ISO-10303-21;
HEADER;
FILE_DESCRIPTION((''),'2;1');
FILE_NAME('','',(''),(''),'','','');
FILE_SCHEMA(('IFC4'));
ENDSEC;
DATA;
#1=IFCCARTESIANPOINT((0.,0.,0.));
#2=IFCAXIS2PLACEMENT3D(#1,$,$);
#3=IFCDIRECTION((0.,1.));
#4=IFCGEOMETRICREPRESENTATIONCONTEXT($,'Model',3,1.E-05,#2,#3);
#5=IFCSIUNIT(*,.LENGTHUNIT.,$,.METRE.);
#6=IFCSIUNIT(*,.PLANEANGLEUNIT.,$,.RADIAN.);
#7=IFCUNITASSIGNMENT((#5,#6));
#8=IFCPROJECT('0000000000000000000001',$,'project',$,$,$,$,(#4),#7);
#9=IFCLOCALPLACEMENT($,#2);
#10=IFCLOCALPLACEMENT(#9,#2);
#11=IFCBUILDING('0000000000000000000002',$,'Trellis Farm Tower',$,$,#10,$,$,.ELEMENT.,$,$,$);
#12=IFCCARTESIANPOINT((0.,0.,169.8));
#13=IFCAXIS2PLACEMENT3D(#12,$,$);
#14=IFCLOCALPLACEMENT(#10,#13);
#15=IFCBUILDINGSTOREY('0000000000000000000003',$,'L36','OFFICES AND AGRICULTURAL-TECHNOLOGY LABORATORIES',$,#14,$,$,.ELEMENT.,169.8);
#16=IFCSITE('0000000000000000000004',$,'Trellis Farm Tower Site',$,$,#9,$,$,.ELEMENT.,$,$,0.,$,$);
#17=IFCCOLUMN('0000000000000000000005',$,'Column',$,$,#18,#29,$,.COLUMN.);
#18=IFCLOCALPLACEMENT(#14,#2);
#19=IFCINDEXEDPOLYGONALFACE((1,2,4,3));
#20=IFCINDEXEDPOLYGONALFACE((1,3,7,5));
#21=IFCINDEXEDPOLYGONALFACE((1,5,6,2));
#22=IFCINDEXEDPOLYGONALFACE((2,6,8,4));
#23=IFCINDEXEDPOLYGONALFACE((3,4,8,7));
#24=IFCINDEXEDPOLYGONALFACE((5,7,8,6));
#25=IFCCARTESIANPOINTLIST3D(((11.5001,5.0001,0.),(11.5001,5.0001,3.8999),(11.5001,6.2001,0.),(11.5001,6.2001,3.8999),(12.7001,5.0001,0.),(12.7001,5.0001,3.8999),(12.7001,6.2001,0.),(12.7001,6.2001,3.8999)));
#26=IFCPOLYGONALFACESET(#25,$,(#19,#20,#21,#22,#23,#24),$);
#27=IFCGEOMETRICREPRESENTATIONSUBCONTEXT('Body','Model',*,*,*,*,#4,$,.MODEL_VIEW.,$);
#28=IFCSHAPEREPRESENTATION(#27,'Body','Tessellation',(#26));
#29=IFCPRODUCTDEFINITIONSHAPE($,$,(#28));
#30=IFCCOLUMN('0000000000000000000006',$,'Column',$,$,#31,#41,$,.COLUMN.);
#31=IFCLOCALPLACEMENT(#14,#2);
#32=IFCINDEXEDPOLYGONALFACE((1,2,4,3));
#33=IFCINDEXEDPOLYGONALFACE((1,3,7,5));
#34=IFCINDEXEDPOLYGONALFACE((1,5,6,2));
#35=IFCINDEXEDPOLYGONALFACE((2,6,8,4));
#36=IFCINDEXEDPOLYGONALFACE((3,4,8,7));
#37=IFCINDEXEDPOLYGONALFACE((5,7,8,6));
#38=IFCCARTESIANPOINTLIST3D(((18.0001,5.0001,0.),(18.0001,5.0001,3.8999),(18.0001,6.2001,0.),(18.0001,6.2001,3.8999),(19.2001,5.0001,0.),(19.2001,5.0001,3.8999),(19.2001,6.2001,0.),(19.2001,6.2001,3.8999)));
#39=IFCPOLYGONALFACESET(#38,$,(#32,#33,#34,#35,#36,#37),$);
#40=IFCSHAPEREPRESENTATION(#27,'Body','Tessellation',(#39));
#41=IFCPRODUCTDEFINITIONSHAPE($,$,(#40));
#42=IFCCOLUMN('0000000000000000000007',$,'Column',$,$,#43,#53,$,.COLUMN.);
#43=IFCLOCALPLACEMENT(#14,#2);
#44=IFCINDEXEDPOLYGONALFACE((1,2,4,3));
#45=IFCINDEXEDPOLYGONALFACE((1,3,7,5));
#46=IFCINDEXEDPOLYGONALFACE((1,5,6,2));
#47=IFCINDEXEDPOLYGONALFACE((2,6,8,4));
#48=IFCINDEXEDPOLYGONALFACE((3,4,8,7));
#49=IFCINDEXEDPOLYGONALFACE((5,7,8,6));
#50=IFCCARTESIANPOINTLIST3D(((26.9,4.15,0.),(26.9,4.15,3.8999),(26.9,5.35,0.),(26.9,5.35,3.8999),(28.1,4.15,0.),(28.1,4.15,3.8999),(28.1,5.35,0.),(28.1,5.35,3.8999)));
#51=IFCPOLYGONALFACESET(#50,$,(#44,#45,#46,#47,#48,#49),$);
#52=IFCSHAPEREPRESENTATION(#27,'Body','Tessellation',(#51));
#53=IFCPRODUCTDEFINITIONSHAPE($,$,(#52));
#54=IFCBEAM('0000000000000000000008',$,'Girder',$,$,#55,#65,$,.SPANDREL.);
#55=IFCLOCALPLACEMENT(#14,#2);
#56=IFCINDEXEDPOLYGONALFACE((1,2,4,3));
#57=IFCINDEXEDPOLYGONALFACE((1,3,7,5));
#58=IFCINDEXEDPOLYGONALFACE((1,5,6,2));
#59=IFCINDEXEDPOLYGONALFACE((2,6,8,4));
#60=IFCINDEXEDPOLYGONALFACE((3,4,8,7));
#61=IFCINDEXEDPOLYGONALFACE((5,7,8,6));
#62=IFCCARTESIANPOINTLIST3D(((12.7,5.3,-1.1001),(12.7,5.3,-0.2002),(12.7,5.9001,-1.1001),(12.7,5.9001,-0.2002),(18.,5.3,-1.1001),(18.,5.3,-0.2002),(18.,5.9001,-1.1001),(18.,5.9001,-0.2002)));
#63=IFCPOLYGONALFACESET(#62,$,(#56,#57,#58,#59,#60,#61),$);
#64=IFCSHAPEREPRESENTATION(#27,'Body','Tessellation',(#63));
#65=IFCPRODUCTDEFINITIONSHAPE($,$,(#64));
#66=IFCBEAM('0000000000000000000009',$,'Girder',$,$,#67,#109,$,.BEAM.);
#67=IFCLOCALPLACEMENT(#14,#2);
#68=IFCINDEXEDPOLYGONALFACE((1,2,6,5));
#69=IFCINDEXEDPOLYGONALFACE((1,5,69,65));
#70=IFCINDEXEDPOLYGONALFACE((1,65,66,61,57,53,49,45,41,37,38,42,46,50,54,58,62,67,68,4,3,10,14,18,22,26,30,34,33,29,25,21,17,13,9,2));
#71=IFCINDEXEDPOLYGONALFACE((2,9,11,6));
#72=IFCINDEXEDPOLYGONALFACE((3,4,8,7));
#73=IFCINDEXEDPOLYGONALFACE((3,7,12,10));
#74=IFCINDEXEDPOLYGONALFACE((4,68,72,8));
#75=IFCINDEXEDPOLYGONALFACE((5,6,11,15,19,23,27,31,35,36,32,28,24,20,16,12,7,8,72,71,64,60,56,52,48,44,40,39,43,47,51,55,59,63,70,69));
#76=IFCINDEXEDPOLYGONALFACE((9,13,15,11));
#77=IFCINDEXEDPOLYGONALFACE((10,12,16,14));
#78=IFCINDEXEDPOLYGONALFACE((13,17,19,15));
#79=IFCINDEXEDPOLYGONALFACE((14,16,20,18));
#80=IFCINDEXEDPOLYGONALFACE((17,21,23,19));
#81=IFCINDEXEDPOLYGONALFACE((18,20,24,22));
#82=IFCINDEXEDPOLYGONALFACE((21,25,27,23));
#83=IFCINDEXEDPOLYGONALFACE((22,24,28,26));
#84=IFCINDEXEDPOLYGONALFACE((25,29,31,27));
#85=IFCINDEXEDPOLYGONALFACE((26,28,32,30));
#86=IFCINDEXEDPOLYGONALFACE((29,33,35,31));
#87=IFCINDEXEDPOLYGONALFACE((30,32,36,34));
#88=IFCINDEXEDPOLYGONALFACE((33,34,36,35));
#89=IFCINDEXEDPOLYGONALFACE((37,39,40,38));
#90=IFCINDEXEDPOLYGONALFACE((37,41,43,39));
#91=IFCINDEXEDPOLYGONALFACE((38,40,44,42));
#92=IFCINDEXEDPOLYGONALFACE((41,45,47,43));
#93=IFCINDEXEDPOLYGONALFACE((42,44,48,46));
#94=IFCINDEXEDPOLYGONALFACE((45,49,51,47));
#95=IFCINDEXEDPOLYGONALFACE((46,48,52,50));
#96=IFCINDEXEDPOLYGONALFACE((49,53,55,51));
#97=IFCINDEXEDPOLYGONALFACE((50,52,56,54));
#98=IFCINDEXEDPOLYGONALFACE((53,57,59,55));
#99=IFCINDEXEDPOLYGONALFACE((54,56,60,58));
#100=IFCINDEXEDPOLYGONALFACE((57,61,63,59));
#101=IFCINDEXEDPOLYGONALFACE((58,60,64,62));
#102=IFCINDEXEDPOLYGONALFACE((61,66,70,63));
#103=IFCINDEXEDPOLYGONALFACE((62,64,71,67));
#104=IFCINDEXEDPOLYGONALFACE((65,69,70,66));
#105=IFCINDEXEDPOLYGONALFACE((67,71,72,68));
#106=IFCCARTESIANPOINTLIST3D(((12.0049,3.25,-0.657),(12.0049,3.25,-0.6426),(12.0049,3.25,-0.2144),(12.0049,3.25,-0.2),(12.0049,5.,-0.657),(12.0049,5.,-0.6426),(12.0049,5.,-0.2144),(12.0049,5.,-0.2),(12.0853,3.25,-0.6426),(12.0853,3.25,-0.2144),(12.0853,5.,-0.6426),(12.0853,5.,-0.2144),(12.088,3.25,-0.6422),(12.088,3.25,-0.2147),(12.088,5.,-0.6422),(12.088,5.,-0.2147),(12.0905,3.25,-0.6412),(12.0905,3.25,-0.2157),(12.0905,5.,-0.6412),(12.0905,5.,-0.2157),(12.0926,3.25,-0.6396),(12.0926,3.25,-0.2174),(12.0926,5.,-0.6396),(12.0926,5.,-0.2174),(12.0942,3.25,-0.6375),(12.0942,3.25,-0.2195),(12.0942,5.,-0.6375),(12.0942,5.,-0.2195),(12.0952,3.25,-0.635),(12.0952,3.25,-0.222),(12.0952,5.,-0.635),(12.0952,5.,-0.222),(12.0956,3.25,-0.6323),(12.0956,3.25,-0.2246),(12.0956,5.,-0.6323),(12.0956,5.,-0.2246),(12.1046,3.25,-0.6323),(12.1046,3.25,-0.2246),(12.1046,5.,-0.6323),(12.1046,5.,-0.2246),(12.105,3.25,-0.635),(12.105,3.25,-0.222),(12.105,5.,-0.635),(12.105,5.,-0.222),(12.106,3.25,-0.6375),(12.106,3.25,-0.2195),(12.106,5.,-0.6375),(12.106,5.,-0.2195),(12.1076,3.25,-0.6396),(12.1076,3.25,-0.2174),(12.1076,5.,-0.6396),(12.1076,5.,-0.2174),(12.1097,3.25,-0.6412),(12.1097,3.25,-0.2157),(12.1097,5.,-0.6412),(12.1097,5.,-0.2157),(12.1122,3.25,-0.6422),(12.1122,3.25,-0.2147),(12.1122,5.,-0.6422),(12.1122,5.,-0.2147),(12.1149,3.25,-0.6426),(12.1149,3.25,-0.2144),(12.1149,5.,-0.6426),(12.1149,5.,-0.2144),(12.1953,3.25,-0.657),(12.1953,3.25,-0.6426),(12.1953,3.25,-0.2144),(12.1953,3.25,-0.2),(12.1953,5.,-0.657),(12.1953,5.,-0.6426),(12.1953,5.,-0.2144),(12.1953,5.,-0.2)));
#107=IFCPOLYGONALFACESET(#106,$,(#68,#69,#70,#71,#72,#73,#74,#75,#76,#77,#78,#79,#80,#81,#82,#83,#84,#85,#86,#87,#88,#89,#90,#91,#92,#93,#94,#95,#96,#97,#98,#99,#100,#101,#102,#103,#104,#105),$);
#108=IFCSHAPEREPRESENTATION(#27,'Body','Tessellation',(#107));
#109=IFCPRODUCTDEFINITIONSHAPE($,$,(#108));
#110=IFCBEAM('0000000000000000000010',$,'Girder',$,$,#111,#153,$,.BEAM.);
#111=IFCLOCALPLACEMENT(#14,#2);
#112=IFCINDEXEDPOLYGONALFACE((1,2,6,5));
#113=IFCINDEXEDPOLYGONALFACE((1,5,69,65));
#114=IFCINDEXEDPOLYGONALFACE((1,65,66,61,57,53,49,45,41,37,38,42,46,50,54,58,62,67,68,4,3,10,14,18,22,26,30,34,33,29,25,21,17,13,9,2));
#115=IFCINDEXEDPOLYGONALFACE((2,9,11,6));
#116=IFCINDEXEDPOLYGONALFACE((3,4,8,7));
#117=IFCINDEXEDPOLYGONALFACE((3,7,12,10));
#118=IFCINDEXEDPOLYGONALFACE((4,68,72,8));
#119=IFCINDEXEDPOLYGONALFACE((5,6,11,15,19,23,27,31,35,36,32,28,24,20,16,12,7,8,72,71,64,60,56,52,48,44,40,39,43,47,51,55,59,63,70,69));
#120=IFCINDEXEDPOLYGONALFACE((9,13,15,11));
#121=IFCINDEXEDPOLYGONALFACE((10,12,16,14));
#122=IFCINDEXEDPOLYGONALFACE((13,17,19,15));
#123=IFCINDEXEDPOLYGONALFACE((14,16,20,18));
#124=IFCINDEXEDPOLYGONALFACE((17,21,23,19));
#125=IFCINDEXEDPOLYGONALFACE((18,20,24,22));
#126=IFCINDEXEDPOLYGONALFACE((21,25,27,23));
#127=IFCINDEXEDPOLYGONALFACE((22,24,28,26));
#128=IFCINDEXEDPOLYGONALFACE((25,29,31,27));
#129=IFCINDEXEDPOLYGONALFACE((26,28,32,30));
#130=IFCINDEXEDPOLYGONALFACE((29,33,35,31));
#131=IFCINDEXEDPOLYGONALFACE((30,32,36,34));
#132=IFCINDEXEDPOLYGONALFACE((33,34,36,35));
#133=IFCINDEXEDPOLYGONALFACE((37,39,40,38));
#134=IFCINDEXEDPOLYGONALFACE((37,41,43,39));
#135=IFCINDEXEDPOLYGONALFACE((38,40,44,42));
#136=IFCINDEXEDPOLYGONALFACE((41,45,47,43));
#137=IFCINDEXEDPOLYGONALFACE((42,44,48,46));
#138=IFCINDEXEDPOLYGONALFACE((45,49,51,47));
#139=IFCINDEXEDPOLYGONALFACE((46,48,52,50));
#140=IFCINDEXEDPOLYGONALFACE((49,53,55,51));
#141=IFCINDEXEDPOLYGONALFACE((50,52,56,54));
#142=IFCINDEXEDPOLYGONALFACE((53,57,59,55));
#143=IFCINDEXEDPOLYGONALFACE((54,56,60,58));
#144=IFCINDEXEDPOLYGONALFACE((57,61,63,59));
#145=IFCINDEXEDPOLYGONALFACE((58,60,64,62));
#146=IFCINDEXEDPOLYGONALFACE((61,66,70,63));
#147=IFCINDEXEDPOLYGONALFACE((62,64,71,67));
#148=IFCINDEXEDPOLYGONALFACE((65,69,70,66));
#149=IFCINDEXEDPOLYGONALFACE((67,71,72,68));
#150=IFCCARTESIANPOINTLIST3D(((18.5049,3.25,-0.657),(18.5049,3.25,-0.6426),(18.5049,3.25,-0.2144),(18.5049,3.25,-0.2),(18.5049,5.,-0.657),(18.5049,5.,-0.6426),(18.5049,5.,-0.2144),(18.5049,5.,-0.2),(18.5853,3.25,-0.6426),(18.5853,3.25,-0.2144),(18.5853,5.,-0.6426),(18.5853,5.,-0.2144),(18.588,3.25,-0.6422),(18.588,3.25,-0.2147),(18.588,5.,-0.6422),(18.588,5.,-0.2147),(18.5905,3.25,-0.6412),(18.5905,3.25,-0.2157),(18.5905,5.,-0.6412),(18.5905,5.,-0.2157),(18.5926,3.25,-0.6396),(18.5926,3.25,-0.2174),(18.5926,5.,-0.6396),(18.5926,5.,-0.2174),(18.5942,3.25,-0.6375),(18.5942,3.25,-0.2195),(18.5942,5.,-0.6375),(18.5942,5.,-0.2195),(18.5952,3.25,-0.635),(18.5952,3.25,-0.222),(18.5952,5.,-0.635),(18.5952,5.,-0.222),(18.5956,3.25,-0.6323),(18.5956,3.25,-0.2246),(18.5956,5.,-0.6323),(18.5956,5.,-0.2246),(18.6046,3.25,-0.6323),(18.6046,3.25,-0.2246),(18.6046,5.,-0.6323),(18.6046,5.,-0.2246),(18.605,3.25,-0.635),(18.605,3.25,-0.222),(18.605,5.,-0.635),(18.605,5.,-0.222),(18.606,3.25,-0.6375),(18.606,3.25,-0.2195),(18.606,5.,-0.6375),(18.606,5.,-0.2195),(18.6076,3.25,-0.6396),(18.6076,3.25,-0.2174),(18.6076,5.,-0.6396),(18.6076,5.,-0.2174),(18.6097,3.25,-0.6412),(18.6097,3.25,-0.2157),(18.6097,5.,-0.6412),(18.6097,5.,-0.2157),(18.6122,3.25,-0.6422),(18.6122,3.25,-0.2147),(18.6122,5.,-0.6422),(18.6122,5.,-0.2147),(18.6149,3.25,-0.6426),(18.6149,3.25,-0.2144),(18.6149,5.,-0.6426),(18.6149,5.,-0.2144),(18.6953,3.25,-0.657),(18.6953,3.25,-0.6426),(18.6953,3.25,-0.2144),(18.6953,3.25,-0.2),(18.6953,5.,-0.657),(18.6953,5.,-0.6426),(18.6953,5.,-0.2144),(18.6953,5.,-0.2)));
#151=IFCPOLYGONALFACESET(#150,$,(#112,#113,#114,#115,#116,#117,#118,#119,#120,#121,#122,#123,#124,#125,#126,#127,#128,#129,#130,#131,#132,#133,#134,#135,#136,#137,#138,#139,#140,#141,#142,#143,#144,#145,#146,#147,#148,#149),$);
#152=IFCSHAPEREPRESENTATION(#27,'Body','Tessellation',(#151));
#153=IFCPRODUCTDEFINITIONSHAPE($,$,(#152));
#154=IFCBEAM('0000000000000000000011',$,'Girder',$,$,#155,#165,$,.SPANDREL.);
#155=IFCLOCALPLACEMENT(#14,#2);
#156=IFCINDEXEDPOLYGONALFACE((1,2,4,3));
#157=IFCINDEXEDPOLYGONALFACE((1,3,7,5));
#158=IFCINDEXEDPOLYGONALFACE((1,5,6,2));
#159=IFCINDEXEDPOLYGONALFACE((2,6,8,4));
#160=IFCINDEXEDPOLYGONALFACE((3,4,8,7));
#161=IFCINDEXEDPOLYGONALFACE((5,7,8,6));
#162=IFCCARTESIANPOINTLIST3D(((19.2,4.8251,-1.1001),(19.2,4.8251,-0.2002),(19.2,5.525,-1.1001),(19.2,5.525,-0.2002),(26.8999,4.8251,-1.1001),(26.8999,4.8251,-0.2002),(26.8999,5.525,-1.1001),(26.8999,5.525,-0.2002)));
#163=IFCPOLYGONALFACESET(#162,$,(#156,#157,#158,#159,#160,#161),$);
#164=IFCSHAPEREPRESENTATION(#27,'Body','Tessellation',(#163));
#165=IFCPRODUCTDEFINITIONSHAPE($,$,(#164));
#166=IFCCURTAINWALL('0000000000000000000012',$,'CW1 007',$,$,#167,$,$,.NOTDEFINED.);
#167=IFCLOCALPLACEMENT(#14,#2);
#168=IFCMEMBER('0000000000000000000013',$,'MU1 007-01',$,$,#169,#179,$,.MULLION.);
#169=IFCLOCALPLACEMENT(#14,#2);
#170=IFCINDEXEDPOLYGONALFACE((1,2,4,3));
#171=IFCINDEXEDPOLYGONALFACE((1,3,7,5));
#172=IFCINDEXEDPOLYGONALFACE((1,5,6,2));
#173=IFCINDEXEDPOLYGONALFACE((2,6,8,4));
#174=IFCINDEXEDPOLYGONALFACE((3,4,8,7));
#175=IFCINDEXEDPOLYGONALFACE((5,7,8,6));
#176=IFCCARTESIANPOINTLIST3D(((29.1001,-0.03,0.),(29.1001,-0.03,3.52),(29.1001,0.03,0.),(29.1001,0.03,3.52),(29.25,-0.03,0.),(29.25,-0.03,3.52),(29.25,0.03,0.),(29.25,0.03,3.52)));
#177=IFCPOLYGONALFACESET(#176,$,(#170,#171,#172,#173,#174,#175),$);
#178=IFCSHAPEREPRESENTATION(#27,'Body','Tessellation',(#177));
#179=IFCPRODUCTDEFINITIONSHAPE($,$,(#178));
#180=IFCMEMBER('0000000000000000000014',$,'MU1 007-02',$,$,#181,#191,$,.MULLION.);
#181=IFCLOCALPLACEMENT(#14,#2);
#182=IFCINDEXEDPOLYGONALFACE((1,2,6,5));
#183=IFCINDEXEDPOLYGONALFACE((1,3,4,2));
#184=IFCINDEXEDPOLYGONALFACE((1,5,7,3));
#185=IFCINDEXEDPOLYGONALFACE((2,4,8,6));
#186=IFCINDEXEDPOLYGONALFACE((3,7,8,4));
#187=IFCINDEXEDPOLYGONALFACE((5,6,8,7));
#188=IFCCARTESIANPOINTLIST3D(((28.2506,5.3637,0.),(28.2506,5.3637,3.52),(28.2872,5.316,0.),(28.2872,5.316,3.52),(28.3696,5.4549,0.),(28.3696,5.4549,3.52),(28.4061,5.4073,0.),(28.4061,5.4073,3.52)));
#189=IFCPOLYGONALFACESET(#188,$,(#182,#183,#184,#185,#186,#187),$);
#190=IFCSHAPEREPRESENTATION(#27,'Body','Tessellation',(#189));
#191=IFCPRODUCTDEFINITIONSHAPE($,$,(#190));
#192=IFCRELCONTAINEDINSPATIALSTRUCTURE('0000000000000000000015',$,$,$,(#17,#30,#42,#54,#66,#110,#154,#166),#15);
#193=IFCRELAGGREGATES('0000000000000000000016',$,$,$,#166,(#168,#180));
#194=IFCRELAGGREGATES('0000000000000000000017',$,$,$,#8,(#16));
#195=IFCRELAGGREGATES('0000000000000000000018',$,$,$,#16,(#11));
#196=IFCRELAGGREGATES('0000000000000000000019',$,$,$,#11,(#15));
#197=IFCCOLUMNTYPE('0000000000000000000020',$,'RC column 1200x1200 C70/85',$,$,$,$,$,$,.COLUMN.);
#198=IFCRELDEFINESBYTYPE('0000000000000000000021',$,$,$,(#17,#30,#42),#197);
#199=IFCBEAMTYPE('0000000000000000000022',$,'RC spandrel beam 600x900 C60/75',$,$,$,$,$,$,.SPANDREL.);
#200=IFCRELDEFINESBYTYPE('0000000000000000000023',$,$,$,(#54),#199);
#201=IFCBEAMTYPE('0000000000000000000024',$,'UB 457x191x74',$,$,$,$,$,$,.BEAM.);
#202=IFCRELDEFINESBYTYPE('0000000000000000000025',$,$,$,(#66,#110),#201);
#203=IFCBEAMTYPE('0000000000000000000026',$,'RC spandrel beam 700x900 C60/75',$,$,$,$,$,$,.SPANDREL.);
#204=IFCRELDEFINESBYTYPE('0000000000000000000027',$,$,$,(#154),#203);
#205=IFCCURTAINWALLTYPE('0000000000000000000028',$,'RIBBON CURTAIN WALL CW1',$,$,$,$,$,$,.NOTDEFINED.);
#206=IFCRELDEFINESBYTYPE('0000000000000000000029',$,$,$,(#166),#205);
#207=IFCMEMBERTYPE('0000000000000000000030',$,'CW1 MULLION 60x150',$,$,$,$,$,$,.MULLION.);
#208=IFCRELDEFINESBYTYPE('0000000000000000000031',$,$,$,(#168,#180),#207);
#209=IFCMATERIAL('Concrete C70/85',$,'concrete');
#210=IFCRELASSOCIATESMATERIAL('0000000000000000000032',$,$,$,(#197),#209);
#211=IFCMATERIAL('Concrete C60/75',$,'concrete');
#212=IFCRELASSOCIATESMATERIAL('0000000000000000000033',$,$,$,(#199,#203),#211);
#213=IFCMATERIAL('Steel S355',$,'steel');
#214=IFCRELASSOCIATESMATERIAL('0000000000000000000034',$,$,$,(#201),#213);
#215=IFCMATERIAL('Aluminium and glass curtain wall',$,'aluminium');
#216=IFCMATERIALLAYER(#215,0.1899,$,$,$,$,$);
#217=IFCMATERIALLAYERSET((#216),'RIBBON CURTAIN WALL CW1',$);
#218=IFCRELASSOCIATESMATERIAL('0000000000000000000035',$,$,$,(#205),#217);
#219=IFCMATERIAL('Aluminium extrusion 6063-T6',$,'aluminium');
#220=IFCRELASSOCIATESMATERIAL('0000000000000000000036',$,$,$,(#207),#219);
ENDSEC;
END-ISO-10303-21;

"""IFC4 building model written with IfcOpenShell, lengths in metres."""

from ifc_helpers import new_model, si_unit, direction, frame, origin, origin_2d, place, context, subcontext, project, spatial, rectangle, i_section, extrude, source, transform, mapped, material, layer, layer_set, material_profile, profile_set, type_object, element, aggregate, save


model = new_model("IFC4")

# Units and contexts
model_context = context("Model", 3, precision=1e-05, world=origin(), true_north=direction((0.0, 1.0)))
body_context = subcontext(model_context, "Body", "Model", "MODEL_VIEW")
ifc_project = project(units=[si_unit("LENGTHUNIT", "METRE"), si_unit("PLANEANGLEUNIT", "RADIAN")], contexts=[model_context])

# Site, building, storey
site_placement = place(None, origin())
site = spatial("IfcSite", under=ifc_project, at=site_placement, Name="Trellis Farm Tower Site", CompositionType="ELEMENT", RefElevation=0.0)
building_placement = place(site_placement, origin())
building = spatial("IfcBuilding", under=site, at=building_placement, Name="Trellis Farm Tower", CompositionType="ELEMENT")
storey_placement = place(building_placement, frame((0.0, 0.0, 169.8)))
storey = spatial("IfcBuildingStorey", under=building, at=storey_placement, Name="L36", Description="OFFICES AND AGRICULTURAL-TECHNOLOGY LABORATORIES", CompositionType="ELEMENT", Elevation=169.8)

# Columns
ifc_material_1 = material(Name="Concrete C70/85", Category="concrete")
ifc_material_profile_1 = material_profile(ifc_material_1, rectangle(XDim=1.2, YDim=1.2, at=origin_2d()), Name="RC column 1200x1200 C70/85")
ifc_profile_set_1 = profile_set([ifc_material_profile_1], Name="Concrete C70/85")
column_type = type_object("IfcColumnType", Name="RC column 1200x1200 C70/85", PredefinedType="COLUMN", material=ifc_profile_set_1)
shared_shape_1 = source(origin(), body_context, "Body", "SweptSolid", [
    extrude(rectangle(XDim=1.2, YDim=1.2, at=origin_2d()), origin(), (0.0, 0.0, 1.0), 3.8999),
])
for number, where, z_axis, x_axis, name in (
    (1, (12.1001, 5.6001, 0.0), (0.0, 0.0, 1.0), (1.0, 0.0, 0.0), "Column"),
    (2, (18.6001, 5.6001, 0.0), (0.0, 0.0, 1.0), (1.0, 0.0, 0.0), "Column"),
    (3, (27.5, 4.75, 0.0), (0.0, 0.0, 1.0), (1.0, 0.0, 0.0), "Column"),
):
    element("IfcColumn", number, at=place(storey_placement, frame(where, z_axis=z_axis, x_axis=x_axis)), inside=storey, type_object=column_type, Name=name, PredefinedType="COLUMN", context=body_context, shape_type="MappedRepresentation", body=[
        mapped(shared_shape_1, transform((0.0, 0.0, 0.0))),
    ])

# Beams
ifc_material_2 = material(Name="Concrete C60/75", Category="concrete")
ifc_material_profile_2 = material_profile(ifc_material_2, rectangle(XDim=0.6001, YDim=0.8999, at=origin_2d()), Name="RC spandrel beam 600x900 C60/75")
ifc_profile_set_2 = profile_set([ifc_material_profile_2], Name="Concrete C60/75")
beam_type_1 = type_object("IfcBeamType", Name="RC spandrel beam 600x900 C60/75", PredefinedType="SPANDREL", material=ifc_profile_set_2)
shared_shape_2 = source(origin(), body_context, "Body", "SweptSolid", [
    extrude(rectangle(XDim=0.6001, YDim=0.8999, at=origin_2d()), origin(), (0.0, 0.0, 1.0), 5.3),
])
beam_1_placement = place(storey_placement, frame((12.7, 5.6001, -0.6501), z_axis=(1.0, 0.0, 0.0), x_axis=(0.0, 1.0, 0.0)))
element("IfcBeam", 4, at=beam_1_placement, inside=storey, type_object=beam_type_1, Name="Girder", PredefinedType="SPANDREL", context=body_context, shape_type="MappedRepresentation", body=[
    mapped(shared_shape_2, transform((0.0, 0.0, 0.0))),
])
ifc_material_3 = material(Name="Steel S355", Category="steel")
ifc_material_profile_3 = material_profile(ifc_material_3, i_section(OverallWidth=0.1904, OverallDepth=0.457, WebThickness=0.009, FlangeThickness=0.0144, FilletRadius=0.0103, at=origin_2d()), Name="UB 457x191x74")
ifc_profile_set_3 = profile_set([ifc_material_profile_3], Name="Steel S355")
beam_type_2 = type_object("IfcBeamType", Name="UB 457x191x74", PredefinedType="BEAM", material=ifc_profile_set_3)
shared_shape_3 = source(origin(), body_context, "Body", "SweptSolid", [
    extrude(i_section(OverallWidth=0.1904, OverallDepth=0.457, WebThickness=0.009, FlangeThickness=0.0144, FilletRadius=0.0103, at=origin_2d()), origin(), (0.0, 0.0, 1.0), 1.75),
])
for number, where, z_axis, x_axis, name in (
    (5, (12.1001, 3.25, -0.4285), (0.0, 1.0, 0.0), (-1.0, 0.0, 0.0), "Girder"),
    (6, (18.6001, 3.25, -0.4285), (0.0, 1.0, 0.0), (-1.0, 0.0, 0.0), "Girder"),
):
    element("IfcBeam", number, at=place(storey_placement, frame(where, z_axis=z_axis, x_axis=x_axis)), inside=storey, type_object=beam_type_2, Name=name, PredefinedType="BEAM", context=body_context, shape_type="MappedRepresentation", body=[
        mapped(shared_shape_3, transform((0.0, 0.0, 0.0))),
    ])
ifc_material_profile_4 = material_profile(ifc_material_2, rectangle(XDim=0.7, YDim=0.8999, at=origin_2d()), Name="RC spandrel beam 700x900 C60/75")
ifc_profile_set_4 = profile_set([ifc_material_profile_4], Name="Concrete C60/75")
beam_type_3 = type_object("IfcBeamType", Name="RC spandrel beam 700x900 C60/75", PredefinedType="SPANDREL", material=ifc_profile_set_4)
shared_shape_4 = source(origin(), body_context, "Body", "SweptSolid", [
    extrude(rectangle(XDim=0.7, YDim=0.8999, at=origin_2d()), origin(), (0.0, 0.0, 1.0), 7.7),
])
beam_2_placement = place(storey_placement, frame((19.2, 5.175, -0.6501), z_axis=(1.0, 0.0, 0.0), x_axis=(0.0, 1.0, 0.0)))
element("IfcBeam", 7, at=beam_2_placement, inside=storey, type_object=beam_type_3, Name="Girder", PredefinedType="SPANDREL", context=body_context, shape_type="MappedRepresentation", body=[
    mapped(shared_shape_4, transform((0.0, 0.0, 0.0))),
])

# Curtain wall, members
ifc_material_4 = material(Name="Aluminium and glass curtain wall", Category="aluminium")
ifc_layer_1 = layer(ifc_material_4, 0.1899)
ifc_layer_set_1 = layer_set([ifc_layer_1], Name="RIBBON CURTAIN WALL CW1")
curtain_wall_type = type_object("IfcCurtainWallType", Name="RIBBON CURTAIN WALL CW1", PredefinedType="NOTDEFINED", material=ifc_layer_set_1)
placement = place(storey_placement, origin())
curtain_wall_1 = element("IfcCurtainWall", 8, at=placement, inside=storey, type_object=curtain_wall_type, Name="CW1 007", PredefinedType="NOTDEFINED")
ifc_material_5 = material(Name="Aluminium extrusion 6063-T6", Category="aluminium")
ifc_material_profile_5 = material_profile(ifc_material_5, rectangle(XDim=0.0601, YDim=0.1499, at=origin_2d()), Name="MULLION 60x150")
ifc_profile_set_5 = profile_set([ifc_material_profile_5], Name="Aluminium extrusion 6063-T6")
member_type = type_object("IfcMemberType", Name="CW1 MULLION 60x150", PredefinedType="MULLION", material=ifc_profile_set_5)
shared_shape_5 = source(origin(), body_context, "Body", "SweptSolid", [
    extrude(rectangle(XDim=0.0601, YDim=0.1499, at=origin_2d()), origin(), (0.0, 0.0, 1.0), 3.52),
])
member_1_placement = place(storey_placement, frame((29.175, 0.0, 0.0), z_axis=(0.0, 0.0, 1.0), x_axis=(0.0, 1.0, 0.0)))
member_1 = element("IfcMember", 9, at=member_1_placement, type_object=member_type, Name="MU1 007-01", PredefinedType="MULLION", context=body_context, shape_type="MappedRepresentation", body=[
    mapped(shared_shape_5, transform((0.0, 0.0, 0.0))),
])
member_2_placement = place(storey_placement, frame((28.3284, 5.3855, 0.0), z_axis=(0.0, 0.0, 1.0), x_axis=(-0.608761, 0.793353, 0.0)))
member_2 = element("IfcMember", 10, at=member_2_placement, type_object=member_type, Name="MU1 007-02", PredefinedType="MULLION", context=body_context, shape_type="MappedRepresentation", body=[
    mapped(shared_shape_5, transform((0.0, 0.0, 0.0))),
])
aggregate(curtain_wall_1, [member_1, member_2])

save(model, "model.ifc")
